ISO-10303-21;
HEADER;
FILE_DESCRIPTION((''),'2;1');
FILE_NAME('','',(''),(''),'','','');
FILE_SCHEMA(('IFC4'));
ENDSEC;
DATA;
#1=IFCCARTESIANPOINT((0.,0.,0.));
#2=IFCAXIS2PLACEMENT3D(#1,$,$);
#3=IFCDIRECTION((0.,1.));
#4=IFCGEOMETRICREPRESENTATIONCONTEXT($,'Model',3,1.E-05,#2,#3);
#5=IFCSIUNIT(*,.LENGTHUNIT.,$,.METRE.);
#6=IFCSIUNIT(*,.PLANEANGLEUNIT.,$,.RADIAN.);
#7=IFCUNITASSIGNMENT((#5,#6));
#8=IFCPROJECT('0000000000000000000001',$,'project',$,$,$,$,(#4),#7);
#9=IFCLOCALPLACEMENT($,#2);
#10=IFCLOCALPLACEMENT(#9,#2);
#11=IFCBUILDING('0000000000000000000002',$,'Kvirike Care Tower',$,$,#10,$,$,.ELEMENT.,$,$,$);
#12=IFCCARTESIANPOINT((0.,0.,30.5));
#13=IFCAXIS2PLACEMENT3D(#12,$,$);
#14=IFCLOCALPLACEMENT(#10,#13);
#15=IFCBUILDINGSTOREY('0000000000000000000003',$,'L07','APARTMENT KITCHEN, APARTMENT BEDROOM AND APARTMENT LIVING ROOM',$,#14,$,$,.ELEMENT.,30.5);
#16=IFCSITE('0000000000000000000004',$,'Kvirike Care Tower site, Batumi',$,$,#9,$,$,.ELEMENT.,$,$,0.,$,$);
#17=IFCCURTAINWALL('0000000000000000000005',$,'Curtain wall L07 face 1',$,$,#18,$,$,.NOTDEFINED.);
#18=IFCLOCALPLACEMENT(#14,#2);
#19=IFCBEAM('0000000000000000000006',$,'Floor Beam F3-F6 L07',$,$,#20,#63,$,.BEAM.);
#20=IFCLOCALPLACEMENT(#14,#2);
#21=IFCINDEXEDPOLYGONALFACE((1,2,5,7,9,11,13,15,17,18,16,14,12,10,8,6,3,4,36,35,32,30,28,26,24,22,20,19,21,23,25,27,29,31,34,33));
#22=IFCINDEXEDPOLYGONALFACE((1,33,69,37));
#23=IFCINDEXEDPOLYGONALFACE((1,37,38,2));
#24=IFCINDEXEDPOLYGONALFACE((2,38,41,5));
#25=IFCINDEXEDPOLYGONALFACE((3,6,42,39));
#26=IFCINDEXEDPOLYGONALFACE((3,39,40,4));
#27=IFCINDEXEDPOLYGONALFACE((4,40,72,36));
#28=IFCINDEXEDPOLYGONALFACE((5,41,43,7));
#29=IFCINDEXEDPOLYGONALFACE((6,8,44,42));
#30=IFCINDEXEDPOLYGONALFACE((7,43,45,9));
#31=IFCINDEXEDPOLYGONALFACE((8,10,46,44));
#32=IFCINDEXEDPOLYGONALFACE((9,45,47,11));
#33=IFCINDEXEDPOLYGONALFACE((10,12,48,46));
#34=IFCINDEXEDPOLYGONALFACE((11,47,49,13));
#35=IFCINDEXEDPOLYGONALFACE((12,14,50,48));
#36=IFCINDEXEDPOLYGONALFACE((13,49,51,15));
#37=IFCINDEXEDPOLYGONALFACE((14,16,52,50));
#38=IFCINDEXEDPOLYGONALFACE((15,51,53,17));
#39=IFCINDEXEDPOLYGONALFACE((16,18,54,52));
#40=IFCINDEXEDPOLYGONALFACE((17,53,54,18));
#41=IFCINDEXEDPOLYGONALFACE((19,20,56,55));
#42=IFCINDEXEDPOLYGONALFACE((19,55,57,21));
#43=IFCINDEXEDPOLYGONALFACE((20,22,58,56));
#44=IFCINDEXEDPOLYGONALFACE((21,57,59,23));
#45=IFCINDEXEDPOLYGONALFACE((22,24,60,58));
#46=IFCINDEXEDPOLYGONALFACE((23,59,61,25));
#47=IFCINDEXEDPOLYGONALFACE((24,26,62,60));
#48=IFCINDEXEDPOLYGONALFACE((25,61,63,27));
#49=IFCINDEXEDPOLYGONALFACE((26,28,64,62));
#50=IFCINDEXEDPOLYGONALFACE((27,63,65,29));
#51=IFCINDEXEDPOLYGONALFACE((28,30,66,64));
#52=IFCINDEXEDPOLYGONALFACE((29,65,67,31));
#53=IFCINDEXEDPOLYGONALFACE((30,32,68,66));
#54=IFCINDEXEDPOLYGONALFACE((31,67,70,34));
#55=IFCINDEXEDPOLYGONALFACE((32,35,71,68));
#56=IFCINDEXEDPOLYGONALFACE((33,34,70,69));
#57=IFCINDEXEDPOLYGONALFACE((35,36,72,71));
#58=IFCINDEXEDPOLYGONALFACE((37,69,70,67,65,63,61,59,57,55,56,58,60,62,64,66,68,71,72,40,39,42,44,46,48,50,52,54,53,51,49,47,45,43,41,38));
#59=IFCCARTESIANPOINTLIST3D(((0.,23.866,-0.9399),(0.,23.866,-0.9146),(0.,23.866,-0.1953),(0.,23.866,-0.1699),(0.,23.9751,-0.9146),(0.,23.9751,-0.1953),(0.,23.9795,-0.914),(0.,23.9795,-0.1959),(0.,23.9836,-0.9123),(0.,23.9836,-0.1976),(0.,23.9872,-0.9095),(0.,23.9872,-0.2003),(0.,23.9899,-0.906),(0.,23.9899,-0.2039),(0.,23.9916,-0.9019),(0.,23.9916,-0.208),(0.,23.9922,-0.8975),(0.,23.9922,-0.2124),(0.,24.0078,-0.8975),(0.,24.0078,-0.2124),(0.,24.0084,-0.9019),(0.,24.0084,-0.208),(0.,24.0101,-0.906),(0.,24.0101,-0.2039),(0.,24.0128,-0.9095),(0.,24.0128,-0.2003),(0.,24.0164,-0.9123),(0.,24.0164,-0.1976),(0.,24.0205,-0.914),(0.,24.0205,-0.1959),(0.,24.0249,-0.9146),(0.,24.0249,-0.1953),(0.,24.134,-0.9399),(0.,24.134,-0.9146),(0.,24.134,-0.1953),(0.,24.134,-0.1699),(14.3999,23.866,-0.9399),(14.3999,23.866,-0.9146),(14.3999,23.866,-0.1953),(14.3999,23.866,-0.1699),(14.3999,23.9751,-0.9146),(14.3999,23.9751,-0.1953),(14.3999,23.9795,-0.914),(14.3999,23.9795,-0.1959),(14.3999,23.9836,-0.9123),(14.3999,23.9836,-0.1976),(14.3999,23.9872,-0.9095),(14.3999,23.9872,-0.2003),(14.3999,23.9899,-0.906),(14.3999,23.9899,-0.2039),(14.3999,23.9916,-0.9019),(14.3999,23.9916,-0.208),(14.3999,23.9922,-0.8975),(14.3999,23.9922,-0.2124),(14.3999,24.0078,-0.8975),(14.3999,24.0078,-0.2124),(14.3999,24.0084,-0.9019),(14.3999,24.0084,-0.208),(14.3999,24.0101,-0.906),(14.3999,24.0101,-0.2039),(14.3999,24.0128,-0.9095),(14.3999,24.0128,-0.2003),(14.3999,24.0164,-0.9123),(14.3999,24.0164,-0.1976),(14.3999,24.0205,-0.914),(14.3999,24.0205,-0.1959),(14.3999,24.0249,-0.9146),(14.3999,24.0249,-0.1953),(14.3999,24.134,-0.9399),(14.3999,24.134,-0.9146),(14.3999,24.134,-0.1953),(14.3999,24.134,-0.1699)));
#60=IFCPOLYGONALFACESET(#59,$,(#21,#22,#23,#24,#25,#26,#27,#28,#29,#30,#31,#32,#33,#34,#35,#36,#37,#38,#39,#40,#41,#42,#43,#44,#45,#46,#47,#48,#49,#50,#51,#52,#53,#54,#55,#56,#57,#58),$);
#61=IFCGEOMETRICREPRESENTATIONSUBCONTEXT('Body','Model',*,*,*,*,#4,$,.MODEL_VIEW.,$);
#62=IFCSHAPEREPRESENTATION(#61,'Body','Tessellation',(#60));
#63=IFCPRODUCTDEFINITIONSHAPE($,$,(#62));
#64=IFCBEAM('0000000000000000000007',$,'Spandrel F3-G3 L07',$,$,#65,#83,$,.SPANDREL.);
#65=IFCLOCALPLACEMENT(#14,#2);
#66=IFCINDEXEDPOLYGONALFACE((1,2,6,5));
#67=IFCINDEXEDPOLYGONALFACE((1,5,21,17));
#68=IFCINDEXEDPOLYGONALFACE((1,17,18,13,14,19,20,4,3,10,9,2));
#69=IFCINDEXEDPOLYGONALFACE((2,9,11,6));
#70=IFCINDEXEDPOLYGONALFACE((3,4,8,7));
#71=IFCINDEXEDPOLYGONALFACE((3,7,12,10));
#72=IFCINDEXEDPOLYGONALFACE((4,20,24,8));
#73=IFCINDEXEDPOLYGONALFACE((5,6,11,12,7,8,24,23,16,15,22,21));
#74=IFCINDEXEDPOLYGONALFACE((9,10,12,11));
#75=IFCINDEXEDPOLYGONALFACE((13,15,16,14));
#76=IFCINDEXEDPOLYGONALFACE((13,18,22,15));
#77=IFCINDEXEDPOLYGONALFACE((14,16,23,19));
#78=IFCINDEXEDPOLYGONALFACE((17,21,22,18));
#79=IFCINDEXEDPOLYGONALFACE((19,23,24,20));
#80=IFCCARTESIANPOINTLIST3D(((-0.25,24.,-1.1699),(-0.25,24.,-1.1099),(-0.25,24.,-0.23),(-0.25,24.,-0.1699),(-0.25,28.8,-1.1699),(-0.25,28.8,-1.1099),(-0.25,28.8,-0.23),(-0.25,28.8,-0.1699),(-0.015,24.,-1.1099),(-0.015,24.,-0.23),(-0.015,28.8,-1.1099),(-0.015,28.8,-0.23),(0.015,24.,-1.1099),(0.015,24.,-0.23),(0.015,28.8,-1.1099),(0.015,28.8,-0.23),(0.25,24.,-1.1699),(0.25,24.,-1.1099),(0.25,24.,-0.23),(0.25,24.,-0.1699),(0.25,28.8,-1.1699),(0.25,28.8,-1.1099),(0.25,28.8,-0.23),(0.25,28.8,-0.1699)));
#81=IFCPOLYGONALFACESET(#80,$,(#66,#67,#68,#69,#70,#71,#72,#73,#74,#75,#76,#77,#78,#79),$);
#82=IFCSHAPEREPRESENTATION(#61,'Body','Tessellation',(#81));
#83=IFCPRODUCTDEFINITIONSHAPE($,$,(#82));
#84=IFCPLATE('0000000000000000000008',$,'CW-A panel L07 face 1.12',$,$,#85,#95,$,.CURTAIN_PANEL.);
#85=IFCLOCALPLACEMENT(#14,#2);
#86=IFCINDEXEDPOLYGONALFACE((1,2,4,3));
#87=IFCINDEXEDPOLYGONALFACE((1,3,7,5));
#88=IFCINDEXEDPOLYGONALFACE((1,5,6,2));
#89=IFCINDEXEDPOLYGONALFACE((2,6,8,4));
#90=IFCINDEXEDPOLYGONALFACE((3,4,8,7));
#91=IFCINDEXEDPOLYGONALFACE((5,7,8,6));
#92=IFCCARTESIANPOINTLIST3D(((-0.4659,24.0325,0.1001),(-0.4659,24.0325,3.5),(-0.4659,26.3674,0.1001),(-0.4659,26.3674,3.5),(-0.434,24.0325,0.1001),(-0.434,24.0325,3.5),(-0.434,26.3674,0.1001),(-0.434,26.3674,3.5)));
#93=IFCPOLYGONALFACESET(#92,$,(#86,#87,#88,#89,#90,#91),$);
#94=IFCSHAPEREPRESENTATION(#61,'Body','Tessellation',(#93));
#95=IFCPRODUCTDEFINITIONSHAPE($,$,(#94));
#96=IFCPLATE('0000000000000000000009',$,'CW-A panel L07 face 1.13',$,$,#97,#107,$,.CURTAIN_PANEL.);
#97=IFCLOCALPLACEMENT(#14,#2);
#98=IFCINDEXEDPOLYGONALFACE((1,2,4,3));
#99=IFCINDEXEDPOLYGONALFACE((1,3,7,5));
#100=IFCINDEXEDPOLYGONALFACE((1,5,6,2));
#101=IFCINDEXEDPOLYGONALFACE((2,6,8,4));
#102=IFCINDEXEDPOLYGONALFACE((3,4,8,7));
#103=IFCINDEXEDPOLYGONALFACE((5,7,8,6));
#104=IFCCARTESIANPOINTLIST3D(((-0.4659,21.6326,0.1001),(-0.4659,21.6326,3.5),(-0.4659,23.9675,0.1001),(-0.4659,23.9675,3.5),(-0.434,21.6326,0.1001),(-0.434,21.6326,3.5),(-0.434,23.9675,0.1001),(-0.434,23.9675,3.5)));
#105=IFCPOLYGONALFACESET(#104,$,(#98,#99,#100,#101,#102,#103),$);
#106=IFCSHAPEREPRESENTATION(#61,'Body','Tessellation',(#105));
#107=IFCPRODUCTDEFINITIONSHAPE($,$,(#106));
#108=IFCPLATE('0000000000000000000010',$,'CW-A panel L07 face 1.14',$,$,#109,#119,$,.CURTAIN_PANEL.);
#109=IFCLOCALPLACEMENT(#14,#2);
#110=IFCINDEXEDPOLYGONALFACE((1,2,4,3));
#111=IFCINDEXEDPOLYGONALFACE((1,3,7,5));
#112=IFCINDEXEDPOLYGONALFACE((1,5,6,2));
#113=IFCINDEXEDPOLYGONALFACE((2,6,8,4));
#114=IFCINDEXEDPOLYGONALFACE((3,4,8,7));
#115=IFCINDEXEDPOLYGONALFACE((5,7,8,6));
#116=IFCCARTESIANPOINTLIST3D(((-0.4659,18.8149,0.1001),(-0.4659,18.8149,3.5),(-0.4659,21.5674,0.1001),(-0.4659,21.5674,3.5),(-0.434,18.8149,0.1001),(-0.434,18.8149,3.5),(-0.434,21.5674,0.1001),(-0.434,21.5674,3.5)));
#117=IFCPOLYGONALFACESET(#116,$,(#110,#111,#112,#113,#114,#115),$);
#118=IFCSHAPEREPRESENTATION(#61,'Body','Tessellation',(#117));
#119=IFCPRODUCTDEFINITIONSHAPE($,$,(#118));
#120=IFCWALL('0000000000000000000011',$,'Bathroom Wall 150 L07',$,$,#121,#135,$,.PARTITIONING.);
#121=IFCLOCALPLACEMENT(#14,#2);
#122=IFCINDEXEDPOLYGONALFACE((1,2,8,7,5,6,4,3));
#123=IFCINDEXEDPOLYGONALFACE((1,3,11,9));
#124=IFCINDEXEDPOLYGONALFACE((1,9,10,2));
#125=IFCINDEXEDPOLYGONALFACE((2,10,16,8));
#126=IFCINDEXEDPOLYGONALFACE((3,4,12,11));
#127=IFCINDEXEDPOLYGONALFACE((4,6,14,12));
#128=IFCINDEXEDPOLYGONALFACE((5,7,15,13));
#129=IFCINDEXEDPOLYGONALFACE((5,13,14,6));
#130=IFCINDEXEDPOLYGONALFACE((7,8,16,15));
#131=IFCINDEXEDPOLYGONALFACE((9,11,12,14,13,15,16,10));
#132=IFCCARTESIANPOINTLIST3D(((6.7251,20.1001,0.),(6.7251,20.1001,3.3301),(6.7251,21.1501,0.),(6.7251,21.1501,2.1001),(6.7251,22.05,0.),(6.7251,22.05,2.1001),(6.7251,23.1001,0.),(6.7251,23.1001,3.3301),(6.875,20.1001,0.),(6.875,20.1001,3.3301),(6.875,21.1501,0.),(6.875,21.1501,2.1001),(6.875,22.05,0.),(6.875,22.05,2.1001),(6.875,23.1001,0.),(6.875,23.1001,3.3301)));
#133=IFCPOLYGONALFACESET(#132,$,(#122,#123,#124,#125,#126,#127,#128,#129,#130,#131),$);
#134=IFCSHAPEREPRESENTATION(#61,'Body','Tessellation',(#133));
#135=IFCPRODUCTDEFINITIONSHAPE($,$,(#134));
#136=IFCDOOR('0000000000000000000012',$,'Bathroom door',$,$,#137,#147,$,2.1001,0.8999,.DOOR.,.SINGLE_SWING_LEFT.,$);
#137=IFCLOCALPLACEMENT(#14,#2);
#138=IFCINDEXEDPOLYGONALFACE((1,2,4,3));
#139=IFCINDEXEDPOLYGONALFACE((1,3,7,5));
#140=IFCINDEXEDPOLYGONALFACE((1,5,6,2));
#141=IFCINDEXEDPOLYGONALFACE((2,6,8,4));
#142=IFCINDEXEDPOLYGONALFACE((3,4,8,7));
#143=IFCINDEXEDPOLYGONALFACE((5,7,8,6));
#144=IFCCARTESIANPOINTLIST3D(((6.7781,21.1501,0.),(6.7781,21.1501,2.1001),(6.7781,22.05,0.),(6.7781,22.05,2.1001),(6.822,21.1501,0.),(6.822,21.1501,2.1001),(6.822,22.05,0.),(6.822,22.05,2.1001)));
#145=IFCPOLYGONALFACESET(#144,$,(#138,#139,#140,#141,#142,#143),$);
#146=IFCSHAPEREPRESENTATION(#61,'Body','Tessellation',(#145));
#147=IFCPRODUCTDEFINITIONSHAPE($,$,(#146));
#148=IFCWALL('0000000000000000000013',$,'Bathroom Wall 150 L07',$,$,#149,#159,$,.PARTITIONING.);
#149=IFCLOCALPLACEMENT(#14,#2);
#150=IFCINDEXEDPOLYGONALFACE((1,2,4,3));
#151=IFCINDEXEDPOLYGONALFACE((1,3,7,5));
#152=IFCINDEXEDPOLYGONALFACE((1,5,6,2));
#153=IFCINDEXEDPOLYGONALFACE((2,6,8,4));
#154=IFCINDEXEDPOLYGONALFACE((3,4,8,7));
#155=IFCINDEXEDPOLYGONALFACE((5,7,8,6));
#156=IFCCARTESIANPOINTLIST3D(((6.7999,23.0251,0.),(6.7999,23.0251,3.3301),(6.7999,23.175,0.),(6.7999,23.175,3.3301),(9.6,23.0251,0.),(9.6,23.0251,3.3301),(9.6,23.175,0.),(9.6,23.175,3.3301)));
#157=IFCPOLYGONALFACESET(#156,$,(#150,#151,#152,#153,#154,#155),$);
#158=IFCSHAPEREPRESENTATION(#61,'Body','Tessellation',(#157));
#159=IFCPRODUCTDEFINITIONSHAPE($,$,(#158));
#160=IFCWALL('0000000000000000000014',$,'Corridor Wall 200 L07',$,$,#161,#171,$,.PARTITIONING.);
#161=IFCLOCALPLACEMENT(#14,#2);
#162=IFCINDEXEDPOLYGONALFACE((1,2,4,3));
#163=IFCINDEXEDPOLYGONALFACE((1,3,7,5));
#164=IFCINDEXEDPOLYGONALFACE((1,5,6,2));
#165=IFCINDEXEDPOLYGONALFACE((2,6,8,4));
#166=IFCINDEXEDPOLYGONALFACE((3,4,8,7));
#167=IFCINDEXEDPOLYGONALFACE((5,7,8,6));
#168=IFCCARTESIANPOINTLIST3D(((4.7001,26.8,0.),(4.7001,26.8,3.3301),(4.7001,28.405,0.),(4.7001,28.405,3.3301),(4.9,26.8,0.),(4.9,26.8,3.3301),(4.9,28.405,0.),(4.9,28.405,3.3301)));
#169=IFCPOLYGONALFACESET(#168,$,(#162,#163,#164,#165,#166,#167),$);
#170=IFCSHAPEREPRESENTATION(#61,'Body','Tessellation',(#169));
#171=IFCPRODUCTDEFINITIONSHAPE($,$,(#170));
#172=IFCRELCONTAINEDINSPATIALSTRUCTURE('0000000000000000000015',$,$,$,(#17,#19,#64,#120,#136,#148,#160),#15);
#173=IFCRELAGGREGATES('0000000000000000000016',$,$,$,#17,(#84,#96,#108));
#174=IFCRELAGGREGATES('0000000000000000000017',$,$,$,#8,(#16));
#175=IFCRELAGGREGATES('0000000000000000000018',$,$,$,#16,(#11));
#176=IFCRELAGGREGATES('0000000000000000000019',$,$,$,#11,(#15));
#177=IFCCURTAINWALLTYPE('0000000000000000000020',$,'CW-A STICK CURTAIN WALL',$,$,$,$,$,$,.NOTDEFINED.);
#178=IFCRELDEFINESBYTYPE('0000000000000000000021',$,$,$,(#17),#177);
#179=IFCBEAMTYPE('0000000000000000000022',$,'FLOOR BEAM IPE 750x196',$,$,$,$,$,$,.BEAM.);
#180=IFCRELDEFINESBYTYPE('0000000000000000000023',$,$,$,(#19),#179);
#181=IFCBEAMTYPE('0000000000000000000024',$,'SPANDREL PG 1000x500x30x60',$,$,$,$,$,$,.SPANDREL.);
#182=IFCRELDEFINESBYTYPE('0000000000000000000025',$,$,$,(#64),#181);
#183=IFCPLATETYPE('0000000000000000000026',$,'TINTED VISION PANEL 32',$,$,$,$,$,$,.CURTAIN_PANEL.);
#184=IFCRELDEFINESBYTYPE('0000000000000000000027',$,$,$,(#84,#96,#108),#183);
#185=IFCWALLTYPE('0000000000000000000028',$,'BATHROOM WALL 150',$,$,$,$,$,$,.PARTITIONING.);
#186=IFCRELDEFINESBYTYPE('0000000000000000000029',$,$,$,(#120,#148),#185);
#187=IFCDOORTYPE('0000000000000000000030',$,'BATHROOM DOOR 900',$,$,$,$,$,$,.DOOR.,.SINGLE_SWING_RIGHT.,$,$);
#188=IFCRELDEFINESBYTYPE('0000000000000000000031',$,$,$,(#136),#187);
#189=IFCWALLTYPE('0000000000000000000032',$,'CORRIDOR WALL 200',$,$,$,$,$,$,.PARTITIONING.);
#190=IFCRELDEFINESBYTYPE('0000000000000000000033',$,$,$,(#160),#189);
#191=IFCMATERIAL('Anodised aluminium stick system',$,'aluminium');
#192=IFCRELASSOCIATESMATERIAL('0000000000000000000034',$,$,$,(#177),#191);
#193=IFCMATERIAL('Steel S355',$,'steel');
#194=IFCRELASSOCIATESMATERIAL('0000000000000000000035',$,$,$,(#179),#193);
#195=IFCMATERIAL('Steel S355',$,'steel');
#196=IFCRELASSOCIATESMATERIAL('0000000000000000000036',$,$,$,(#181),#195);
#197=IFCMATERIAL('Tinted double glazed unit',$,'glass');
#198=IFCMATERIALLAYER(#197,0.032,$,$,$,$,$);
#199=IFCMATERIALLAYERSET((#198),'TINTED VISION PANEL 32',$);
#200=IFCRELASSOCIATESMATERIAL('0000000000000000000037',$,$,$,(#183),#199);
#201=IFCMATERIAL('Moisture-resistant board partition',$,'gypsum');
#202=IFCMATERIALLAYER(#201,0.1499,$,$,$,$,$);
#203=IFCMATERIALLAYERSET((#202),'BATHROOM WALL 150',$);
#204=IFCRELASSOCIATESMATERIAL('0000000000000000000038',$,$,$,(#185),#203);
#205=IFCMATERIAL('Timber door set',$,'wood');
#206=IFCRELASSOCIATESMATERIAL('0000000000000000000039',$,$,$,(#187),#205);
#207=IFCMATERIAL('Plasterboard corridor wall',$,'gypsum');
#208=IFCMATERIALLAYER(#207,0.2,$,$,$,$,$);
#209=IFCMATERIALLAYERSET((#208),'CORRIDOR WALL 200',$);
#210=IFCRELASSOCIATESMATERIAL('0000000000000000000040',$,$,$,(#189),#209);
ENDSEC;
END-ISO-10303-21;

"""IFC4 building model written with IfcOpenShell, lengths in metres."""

from ifc_helpers import new_model, si_unit, direction, frame, frame_2d, origin, origin_2d, place, context, subcontext, project, spatial, rectangle, i_section, extrude, material, layer, layer_set, material_profile, profile_set, type_object, element, fill, aggregate, save


model = new_model("IFC4")

# Units and contexts
model_context = context("Model", 3, precision=1e-05, world=origin(), true_north=direction((0.0, 1.0)))
body_context = subcontext(model_context, "Body", "Model", "MODEL_VIEW")
ifc_project = project(units=[si_unit("LENGTHUNIT", "METRE"), si_unit("PLANEANGLEUNIT", "RADIAN")], contexts=[model_context])

# Site, building, storey
site_placement = place(None, origin())
site = spatial("IfcSite", under=ifc_project, at=site_placement, Name="Kvirike Care Tower site, Batumi", CompositionType="ELEMENT", RefElevation=0.0)
building_placement = place(site_placement, origin())
building = spatial("IfcBuilding", under=site, at=building_placement, Name="Kvirike Care Tower", CompositionType="ELEMENT")
storey_placement = place(building_placement, frame((0.0, 0.0, 30.5)))
storey = spatial("IfcBuildingStorey", under=building, at=storey_placement, Name="L07", Description="APARTMENT KITCHEN, APARTMENT BEDROOM AND APARTMENT LIVING ROOM", CompositionType="ELEMENT", Elevation=30.5)

# Curtain wall
ifc_material_1 = material(Name="Anodised aluminium stick system", Category="aluminium")
curtain_wall_type = type_object("IfcCurtainWallType", Name="CW-A STICK CURTAIN WALL", PredefinedType="NOTDEFINED", material=ifc_material_1)
curtain_wall_placement = place(storey_placement, origin())
curtain_wall = element("IfcCurtainWall", 1, at=curtain_wall_placement, inside=storey, type_object=curtain_wall_type, Name="Curtain wall L07 face 1", PredefinedType="NOTDEFINED")

# Beams
ifc_material_2 = material(Name="Steel S355", Category="steel")
ifc_material_profile_1 = material_profile(ifc_material_2, i_section(OverallWidth=0.2681, OverallDepth=0.77, WebThickness=0.0156, FlangeThickness=0.0254, FilletRadius=0.0171, at=origin_2d()), Name="IPE 750x196")
ifc_profile_set_1 = profile_set([ifc_material_profile_1], Name="Steel S355")
beam_type_1 = type_object("IfcBeamType", Name="FLOOR BEAM IPE 750x196", PredefinedType="BEAM", material=ifc_profile_set_1)
beam_1_placement = place(storey_placement, frame((0.0, 24.0, -0.5549), z_axis=(1.0, 0.0, 0.0), x_axis=(0.0, 1.0, 0.0)))
element("IfcBeam", 2, at=beam_1_placement, inside=storey, type_object=beam_type_1, Name="Floor Beam F3-F6 L07", PredefinedType="BEAM", context=body_context, shape_type="SweptSolid", body=[
    extrude(i_section(OverallWidth=0.2681, OverallDepth=0.77, WebThickness=0.0156, FlangeThickness=0.0254, FilletRadius=0.0171, at=origin_2d()), origin(), (0.0, 0.0, 1.0), 14.3999),
])
ifc_material_3 = material(Name="Steel S355", Category="steel")
ifc_material_profile_2 = material_profile(ifc_material_3, i_section(OverallWidth=0.5, OverallDepth=1.0, WebThickness=0.03, FlangeThickness=0.0601, at=origin_2d()), Name="PG 1000x500x30x60")
ifc_profile_set_2 = profile_set([ifc_material_profile_2], Name="Steel S355")
beam_type_2 = type_object("IfcBeamType", Name="SPANDREL PG 1000x500x30x60", PredefinedType="SPANDREL", material=ifc_profile_set_2)
beam_2_placement = place(storey_placement, frame((0.0, 24.0, -0.6699), z_axis=(0.0, 1.0, 0.0), x_axis=(-1.0, 0.0, 0.0)))
element("IfcBeam", 3, at=beam_2_placement, inside=storey, type_object=beam_type_2, Name="Spandrel F3-G3 L07", PredefinedType="SPANDREL", context=body_context, shape_type="SweptSolid", body=[
    extrude(i_section(OverallWidth=0.5, OverallDepth=1.0, WebThickness=0.03, FlangeThickness=0.0601, at=origin_2d()), origin(), (0.0, 0.0, 1.0), 4.8),
])

# Plates
ifc_material_4 = material(Name="Tinted double glazed unit", Category="glass")
ifc_layer_1 = layer(ifc_material_4, 0.032)
ifc_layer_set_1 = layer_set([ifc_layer_1], Name="TINTED VISION PANEL 32")
plate_type = type_object("IfcPlateType", Name="TINTED VISION PANEL 32", PredefinedType="CURTAIN_PANEL", material=ifc_layer_set_1)
plate_1_placement = place(storey_placement, frame((-0.45, 25.2, 0.1001), z_axis=(0.0, 0.0, 1.0), x_axis=(0.0, -1.0, 0.0)))
plate_1 = element("IfcPlate", 4, at=plate_1_placement, type_object=plate_type, Name="CW-A panel L07 face 1.12", PredefinedType="CURTAIN_PANEL", context=body_context, shape_type="SweptSolid", body=[
    extrude(rectangle(XDim=2.335, YDim=0.032, at=origin_2d()), origin(), (0.0, 0.0, 1.0), 3.3999),
])
plate_2_placement = place(storey_placement, frame((-0.45, 22.8, 0.1001), z_axis=(0.0, 0.0, 1.0), x_axis=(0.0, -1.0, 0.0)))
plate_2 = element("IfcPlate", 5, at=plate_2_placement, type_object=plate_type, Name="CW-A panel L07 face 1.13", PredefinedType="CURTAIN_PANEL", context=body_context, shape_type="SweptSolid", body=[
    extrude(rectangle(XDim=2.335, YDim=0.032, at=origin_2d()), origin(), (0.0, 0.0, 1.0), 3.3999),
])
plate_3_placement = place(storey_placement, frame((-0.45, 20.1912, 0.1001), z_axis=(0.0, 0.0, 1.0), x_axis=(0.0, -1.0, 0.0)))
plate_3 = element("IfcPlate", 6, at=plate_3_placement, type_object=plate_type, Name="CW-A panel L07 face 1.14", PredefinedType="CURTAIN_PANEL", context=body_context, shape_type="SweptSolid", body=[
    extrude(rectangle(XDim=2.7524, YDim=0.032, at=origin_2d()), origin(), (0.0, 0.0, 1.0), 3.3999),
])
aggregate(curtain_wall, [plate_1, plate_2, plate_3])

# Wall, opening, door
ifc_material_5 = material(Name="Moisture-resistant board partition", Category="gypsum")
ifc_layer_2 = layer(ifc_material_5, 0.1499)
ifc_layer_set_2 = layer_set([ifc_layer_2], Name="BATHROOM WALL 150")
wall_type_1 = type_object("IfcWallType", Name="BATHROOM WALL 150", PredefinedType="PARTITIONING", material=ifc_layer_set_2)
wall_1_placement = place(storey_placement, frame((6.8, 20.1001, 0.0), z_axis=(0.0, 0.0, 1.0), x_axis=(0.0, 1.0, 0.0)))
wall_1 = element("IfcWall", 7, at=wall_1_placement, inside=storey, type_object=wall_type_1, Name="Bathroom Wall 150 L07", PredefinedType="PARTITIONING", context=body_context, shape_type="SweptSolid", body=[
    extrude(rectangle(XDim=3.0, YDim=0.1499, at=frame_2d((1.5, 0.0))), origin(), (0.0, 0.0, 1.0), 3.3301),
])
opening_1_placement = place(wall_1_placement, frame((1.05, 0.0, 0.0)))
opening_1 = element("IfcOpeningElement", 8, at=opening_1_placement, cuts=wall_1, PredefinedType="OPENING", context=body_context, shape_type="SweptSolid", body=[
    extrude(rectangle(XDim=0.8999, YDim=2.1001, at=frame_2d((0.45, 1.05))), frame((0.0, 0.0854, 0.0), z_axis=(0.0, -1.0, 0.0), x_axis=(1.0, 0.0, 0.0)), (0.0, 0.0, 1.0), 0.1709),
])
ifc_material_6 = material(Name="Timber door set", Category="wood")
door_type_1 = type_object("IfcDoorType", Name="BATHROOM DOOR 900", OperationType="SINGLE_SWING_RIGHT", PredefinedType="DOOR", material=ifc_material_6)
door_1_placement = place(opening_1_placement, frame((0.8999, 0.0, 0.0), z_axis=(0.0, 0.0, 1.0), x_axis=(-1.0, 0.0, 0.0)))
door_1 = element("IfcDoor", 9, at=door_1_placement, inside=storey, type_object=door_type_1, Name="Bathroom door", OperationType="SINGLE_SWING_LEFT", OverallHeight=2.1001, OverallWidth=0.8999, PredefinedType="DOOR", context=body_context, shape_type="SweptSolid", body=[
    extrude(rectangle(XDim=0.8999, YDim=2.1001, at=frame_2d((0.45, 1.05))), frame((0.0, 0.022, 0.0), z_axis=(0.0, -1.0, 0.0), x_axis=(1.0, 0.0, 0.0)), (0.0, 0.0, 1.0), 0.0439),
])
fill(opening_1, door_1)

# Walls
wall_2_placement = place(storey_placement, frame((6.8, 23.1001, 0.0), z_axis=(0.0, 0.0, 1.0), x_axis=(1.0, 0.0, 0.0)))
element("IfcWall", 10, at=wall_2_placement, inside=storey, type_object=wall_type_1, Name="Bathroom Wall 150 L07", PredefinedType="PARTITIONING", context=body_context, shape_type="SweptSolid", body=[
    extrude(rectangle(XDim=2.8, YDim=0.1499, at=frame_2d((1.3999, 0.0))), origin(), (0.0, 0.0, 1.0), 3.3301),
])
ifc_material_7 = material(Name="Plasterboard corridor wall", Category="gypsum")
ifc_layer_3 = layer(ifc_material_7, 0.2)
ifc_layer_set_3 = layer_set([ifc_layer_3], Name="CORRIDOR WALL 200")
wall_type_2 = type_object("IfcWallType", Name="CORRIDOR WALL 200", PredefinedType="PARTITIONING", material=ifc_layer_set_3)
wall_3_placement = place(storey_placement, frame((4.8, 26.8, 0.0), z_axis=(0.0, 0.0, 1.0), x_axis=(0.0, 1.0, 0.0)))
element("IfcWall", 11, at=wall_3_placement, inside=storey, type_object=wall_type_2, Name="Corridor Wall 200 L07", PredefinedType="PARTITIONING", context=body_context, shape_type="SweptSolid", body=[
    extrude(rectangle(XDim=1.605, YDim=0.2, at=frame_2d((0.8025, 0.0))), origin(), (0.0, 0.0, 1.0), 3.3301),
])

save(model, "model.ifc")
